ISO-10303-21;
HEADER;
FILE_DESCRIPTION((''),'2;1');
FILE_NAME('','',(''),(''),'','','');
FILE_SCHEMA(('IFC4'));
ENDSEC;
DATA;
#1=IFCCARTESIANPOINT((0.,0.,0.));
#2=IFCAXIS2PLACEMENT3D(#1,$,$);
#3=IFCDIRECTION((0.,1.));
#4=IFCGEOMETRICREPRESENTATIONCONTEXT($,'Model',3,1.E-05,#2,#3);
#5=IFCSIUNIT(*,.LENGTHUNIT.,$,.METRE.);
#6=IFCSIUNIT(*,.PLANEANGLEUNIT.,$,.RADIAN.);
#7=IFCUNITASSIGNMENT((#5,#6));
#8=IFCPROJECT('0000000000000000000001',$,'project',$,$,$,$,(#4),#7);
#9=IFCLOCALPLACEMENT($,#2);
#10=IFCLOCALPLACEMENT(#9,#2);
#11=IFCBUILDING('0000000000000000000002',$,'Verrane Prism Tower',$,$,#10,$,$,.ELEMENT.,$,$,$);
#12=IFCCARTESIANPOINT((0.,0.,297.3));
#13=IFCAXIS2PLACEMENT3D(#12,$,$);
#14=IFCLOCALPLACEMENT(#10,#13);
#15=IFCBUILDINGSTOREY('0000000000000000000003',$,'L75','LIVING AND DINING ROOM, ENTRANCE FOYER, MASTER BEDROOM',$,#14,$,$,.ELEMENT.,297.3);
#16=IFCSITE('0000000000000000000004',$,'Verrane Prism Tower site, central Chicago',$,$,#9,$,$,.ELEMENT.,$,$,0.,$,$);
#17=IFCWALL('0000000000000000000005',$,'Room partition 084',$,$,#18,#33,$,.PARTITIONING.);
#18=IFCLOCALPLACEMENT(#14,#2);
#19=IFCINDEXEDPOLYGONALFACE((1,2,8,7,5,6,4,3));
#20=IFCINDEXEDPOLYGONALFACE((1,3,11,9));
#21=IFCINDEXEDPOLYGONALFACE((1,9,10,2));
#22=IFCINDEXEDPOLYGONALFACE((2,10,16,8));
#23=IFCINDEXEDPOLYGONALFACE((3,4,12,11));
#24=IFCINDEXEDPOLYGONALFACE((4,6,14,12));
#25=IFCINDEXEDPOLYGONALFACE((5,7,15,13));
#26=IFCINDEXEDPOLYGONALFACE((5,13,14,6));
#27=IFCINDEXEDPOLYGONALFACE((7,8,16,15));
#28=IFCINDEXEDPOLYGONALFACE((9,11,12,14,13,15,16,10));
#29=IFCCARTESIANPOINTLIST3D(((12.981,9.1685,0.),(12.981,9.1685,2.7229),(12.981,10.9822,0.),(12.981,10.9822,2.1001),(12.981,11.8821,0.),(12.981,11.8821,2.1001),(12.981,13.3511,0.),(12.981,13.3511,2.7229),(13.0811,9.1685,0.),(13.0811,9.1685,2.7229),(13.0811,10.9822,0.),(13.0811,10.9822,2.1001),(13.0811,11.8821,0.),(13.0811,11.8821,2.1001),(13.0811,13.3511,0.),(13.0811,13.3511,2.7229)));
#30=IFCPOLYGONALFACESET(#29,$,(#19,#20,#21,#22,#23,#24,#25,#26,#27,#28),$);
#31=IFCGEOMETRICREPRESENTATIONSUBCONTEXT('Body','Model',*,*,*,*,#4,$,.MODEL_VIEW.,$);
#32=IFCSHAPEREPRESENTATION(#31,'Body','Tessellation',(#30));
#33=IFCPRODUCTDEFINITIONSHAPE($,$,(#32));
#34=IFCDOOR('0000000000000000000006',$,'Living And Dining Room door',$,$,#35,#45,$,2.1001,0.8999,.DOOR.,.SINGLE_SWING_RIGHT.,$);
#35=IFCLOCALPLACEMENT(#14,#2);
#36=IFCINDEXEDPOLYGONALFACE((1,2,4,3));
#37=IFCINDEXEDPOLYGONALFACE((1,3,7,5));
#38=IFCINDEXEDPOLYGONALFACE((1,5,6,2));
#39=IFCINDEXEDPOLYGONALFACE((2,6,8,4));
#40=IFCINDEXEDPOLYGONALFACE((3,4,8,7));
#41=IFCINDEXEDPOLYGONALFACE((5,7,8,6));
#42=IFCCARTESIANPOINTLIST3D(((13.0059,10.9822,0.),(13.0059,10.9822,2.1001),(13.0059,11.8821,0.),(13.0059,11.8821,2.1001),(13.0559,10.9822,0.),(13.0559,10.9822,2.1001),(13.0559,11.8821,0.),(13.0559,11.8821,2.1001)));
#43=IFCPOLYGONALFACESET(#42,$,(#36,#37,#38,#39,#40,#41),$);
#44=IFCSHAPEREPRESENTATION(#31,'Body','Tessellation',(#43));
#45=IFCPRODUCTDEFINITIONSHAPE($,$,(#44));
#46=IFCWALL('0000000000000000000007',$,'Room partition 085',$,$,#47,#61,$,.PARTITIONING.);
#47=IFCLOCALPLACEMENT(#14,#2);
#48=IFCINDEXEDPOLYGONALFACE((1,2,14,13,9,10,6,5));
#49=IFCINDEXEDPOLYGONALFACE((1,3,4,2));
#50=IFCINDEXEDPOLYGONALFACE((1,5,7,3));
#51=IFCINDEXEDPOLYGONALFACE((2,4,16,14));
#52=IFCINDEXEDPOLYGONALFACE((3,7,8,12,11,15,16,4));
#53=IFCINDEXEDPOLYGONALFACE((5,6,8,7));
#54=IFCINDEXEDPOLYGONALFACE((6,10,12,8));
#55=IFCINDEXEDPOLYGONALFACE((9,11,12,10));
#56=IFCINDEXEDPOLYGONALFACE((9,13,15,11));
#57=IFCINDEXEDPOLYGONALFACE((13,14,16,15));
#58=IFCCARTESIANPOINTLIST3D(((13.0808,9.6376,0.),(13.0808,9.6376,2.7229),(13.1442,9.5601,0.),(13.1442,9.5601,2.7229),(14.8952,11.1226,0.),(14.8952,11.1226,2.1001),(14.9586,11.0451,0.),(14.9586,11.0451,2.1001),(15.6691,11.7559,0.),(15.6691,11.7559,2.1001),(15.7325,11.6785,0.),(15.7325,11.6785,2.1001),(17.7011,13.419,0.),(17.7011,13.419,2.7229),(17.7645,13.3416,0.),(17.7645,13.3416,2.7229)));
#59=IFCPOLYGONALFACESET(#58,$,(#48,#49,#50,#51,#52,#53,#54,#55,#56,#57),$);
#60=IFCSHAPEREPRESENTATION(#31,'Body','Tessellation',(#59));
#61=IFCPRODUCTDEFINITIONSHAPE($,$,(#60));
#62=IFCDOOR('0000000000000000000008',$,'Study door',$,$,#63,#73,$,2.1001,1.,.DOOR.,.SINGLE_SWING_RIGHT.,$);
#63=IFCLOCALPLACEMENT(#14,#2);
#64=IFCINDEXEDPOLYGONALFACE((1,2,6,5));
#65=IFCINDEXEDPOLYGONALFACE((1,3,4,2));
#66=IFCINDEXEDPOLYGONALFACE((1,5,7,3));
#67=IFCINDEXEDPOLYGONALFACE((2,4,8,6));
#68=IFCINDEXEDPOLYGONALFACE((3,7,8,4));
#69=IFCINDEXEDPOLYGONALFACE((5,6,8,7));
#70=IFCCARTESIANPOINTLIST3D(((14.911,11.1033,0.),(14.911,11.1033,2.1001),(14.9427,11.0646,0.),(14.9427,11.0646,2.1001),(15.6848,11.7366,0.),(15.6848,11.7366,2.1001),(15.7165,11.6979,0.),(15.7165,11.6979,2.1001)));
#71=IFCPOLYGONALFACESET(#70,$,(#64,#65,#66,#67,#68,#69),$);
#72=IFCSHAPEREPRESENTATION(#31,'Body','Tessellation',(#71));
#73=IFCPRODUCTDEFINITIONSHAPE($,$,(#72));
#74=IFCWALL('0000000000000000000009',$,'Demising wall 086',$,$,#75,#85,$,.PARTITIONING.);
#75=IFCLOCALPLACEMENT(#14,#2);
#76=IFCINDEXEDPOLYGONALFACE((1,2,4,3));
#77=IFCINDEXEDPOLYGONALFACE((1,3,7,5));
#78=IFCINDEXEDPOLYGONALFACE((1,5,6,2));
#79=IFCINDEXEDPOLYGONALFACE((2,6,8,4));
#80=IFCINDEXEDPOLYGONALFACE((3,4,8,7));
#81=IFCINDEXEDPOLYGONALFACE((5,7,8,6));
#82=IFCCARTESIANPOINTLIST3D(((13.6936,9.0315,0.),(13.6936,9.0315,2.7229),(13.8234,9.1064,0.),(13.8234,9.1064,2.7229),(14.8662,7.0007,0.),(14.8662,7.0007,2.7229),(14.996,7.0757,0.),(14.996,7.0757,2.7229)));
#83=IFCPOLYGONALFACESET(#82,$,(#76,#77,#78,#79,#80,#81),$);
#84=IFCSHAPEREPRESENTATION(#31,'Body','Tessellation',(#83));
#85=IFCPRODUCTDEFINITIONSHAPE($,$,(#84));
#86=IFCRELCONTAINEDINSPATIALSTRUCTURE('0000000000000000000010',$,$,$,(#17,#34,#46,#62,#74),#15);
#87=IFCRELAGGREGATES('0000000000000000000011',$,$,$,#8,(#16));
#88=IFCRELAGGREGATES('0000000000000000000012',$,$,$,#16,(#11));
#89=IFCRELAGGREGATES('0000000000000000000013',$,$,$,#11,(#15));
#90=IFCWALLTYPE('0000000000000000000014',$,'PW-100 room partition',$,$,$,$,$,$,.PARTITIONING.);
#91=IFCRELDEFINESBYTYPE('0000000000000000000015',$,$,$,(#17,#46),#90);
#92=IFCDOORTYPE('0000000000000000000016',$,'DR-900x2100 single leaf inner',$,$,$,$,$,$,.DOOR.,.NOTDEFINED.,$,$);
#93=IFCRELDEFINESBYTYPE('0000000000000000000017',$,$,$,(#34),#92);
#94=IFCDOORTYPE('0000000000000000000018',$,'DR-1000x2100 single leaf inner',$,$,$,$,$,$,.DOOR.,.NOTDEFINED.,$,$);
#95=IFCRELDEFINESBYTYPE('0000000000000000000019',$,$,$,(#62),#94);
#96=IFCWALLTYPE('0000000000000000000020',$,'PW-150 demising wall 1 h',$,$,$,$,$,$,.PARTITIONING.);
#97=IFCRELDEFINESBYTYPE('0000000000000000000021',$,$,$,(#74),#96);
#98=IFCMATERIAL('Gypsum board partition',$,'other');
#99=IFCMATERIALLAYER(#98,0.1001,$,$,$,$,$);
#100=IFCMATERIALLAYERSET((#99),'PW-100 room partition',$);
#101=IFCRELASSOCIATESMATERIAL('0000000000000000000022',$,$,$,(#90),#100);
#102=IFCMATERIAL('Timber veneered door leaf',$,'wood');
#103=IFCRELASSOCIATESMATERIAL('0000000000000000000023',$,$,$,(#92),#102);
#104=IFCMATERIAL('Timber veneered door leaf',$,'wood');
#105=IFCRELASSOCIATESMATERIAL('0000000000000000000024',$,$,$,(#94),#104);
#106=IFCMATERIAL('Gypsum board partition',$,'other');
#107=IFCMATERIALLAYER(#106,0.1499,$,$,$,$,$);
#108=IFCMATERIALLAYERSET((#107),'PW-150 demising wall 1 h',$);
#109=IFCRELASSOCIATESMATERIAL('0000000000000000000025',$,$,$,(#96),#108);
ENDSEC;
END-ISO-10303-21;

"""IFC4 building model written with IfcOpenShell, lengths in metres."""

from ifc_helpers import new_model, si_unit, direction, frame, frame_2d, origin, place, context, subcontext, project, spatial, rectangle, extrude, material, layer, layer_set, type_object, element, fill, save


model = new_model("IFC4")

# Units and contexts
model_context = context("Model", 3, precision=1e-05, world=origin(), true_north=direction((0.0, 1.0)))
body_context = subcontext(model_context, "Body", "Model", "MODEL_VIEW")
ifc_project = project(units=[si_unit("LENGTHUNIT", "METRE"), si_unit("PLANEANGLEUNIT", "RADIAN")], contexts=[model_context])

# Site, building, storey
site_placement = place(None, origin())
site = spatial("IfcSite", under=ifc_project, at=site_placement, Name="Verrane Prism Tower site, central Chicago", CompositionType="ELEMENT", RefElevation=0.0)
building_placement = place(site_placement, origin())
building = spatial("IfcBuilding", under=site, at=building_placement, Name="Verrane Prism Tower", CompositionType="ELEMENT")
storey_placement = place(building_placement, frame((0.0, 0.0, 297.3)))
storey = spatial("IfcBuildingStorey", under=building, at=storey_placement, Name="L75", Description="LIVING AND DINING ROOM, ENTRANCE FOYER, MASTER BEDROOM", CompositionType="ELEMENT", Elevation=297.3)

# Walls, openings, doors
ifc_material_1 = material(Name="Gypsum board partition", Category="other")
ifc_layer_1 = layer(ifc_material_1, 0.1001)
ifc_layer_set_1 = layer_set([ifc_layer_1], Name="PW-100 room partition")
wall_type_1 = type_object("IfcWallType", Name="PW-100 room partition", PredefinedType="PARTITIONING", material=ifc_layer_set_1)
wall_1_placement = place(storey_placement, frame((13.031, 13.3511, 0.0), z_axis=(0.0, 0.0, 1.0), x_axis=(0.0, -1.0, 0.0)))
wall_1 = element("IfcWall", 1, at=wall_1_placement, inside=storey, type_object=wall_type_1, Name="Room partition 084", PredefinedType="PARTITIONING", context=body_context, shape_type="SweptSolid", body=[
    extrude(rectangle(XDim=4.1826, YDim=0.1001, at=frame_2d((2.0913, 0.0))), origin(), (0.0, 0.0, 1.0), 2.7229),
])
opening_1_placement = place(wall_1_placement, frame((1.469, 0.0, 0.0)))
opening_1 = element("IfcOpeningElement", 2, at=opening_1_placement, cuts=wall_1, PredefinedType="OPENING", context=body_context, shape_type="SweptSolid", body=[
    extrude(rectangle(XDim=0.8999, YDim=2.1001, at=frame_2d((0.45, 1.05))), frame((0.0, 0.0601, 0.0), z_axis=(0.0, -1.0, 0.0), x_axis=(1.0, 0.0, 0.0)), (0.0, 0.0, 1.0), 0.1201),
])
ifc_material_2 = material(Name="Timber veneered door leaf", Category="wood")
door_type_1 = type_object("IfcDoorType", Name="DR-900x2100 single leaf inner", OperationType="NOTDEFINED", PredefinedType="DOOR", material=ifc_material_2)
door_1_placement = place(opening_1_placement, origin())
door_1 = element("IfcDoor", 3, at=door_1_placement, inside=storey, type_object=door_type_1, Name="Living And Dining Room door", OperationType="SINGLE_SWING_RIGHT", OverallHeight=2.1001, OverallWidth=0.8999, PredefinedType="DOOR", context=body_context, shape_type="SweptSolid", body=[
    extrude(rectangle(XDim=0.8999, YDim=2.1001, at=frame_2d((0.45, 1.05))), frame((0.0, 0.0249, 0.0), z_axis=(0.0, -1.0, 0.0), x_axis=(1.0, 0.0, 0.0)), (0.0, 0.0, 1.0), 0.05),
])
fill(opening_1, door_1)
wall_2_placement = place(storey_placement, frame((17.7329, 13.3804, 0.0), z_axis=(0.0, 0.0, 1.0), x_axis=(-0.773859, -0.633358, 0.0)))
wall_2 = element("IfcWall", 4, at=wall_2_placement, inside=storey, type_object=wall_type_1, Name="Room partition 085", PredefinedType="PARTITIONING", context=body_context, shape_type="SweptSolid", body=[
    extrude(rectangle(XDim=5.9705, YDim=0.1001, at=frame_2d((2.9854, 0.0))), origin(), (0.0, 0.0, 1.0), 2.7229),
])
opening_2_placement = place(wall_2_placement, frame((2.626, 0.0, 0.0)))
opening_2 = element("IfcOpeningElement", 5, at=opening_2_placement, cuts=wall_2, PredefinedType="OPENING", context=body_context, shape_type="SweptSolid", body=[
    extrude(rectangle(XDim=1.0, YDim=2.1001, at=frame_2d((0.5, 1.05))), frame((0.0, 0.0601, 0.0), z_axis=(0.0, -1.0, 0.0), x_axis=(1.0, 0.0, 0.0)), (0.0, 0.0, 1.0), 0.1201),
])
ifc_material_3 = material(Name="Timber veneered door leaf", Category="wood")
door_type_2 = type_object("IfcDoorType", Name="DR-1000x2100 single leaf inner", OperationType="NOTDEFINED", PredefinedType="DOOR", material=ifc_material_3)
door_2_placement = place(opening_2_placement, origin())
door_2 = element("IfcDoor", 6, at=door_2_placement, inside=storey, type_object=door_type_2, Name="Study door", OperationType="SINGLE_SWING_RIGHT", OverallHeight=2.1001, OverallWidth=1.0, PredefinedType="DOOR", context=body_context, shape_type="SweptSolid", body=[
    extrude(rectangle(XDim=1.0, YDim=2.1001, at=frame_2d((0.5, 1.05))), frame((0.0, 0.0249, 0.0), z_axis=(0.0, -1.0, 0.0), x_axis=(1.0, 0.0, 0.0)), (0.0, 0.0, 1.0), 0.05),
])
fill(opening_2, door_2)

# Wall
ifc_material_4 = material(Name="Gypsum board partition", Category="other")
ifc_layer_2 = layer(ifc_material_4, 0.1499)
ifc_layer_set_2 = layer_set([ifc_layer_2], Name="PW-150 demising wall 1 h")
wall_type_2 = type_object("IfcWallType", Name="PW-150 demising wall 1 h", PredefinedType="PARTITIONING", material=ifc_layer_set_2)
wall_3_placement = place(storey_placement, frame((13.7585, 9.0688, 0.0), z_axis=(0.0, 0.0, 1.0), x_axis=(0.500047, -0.865998, 0.0)))
element("IfcWall", 7, at=wall_3_placement, inside=storey, type_object=wall_type_2, Name="Demising wall 086", PredefinedType="PARTITIONING", context=body_context, shape_type="SweptSolid", body=[
    extrude(rectangle(XDim=2.345, YDim=0.1499, at=frame_2d((1.1724, 0.0))), origin(), (0.0, 0.0, 1.0), 2.7229),
])

save(model, "model.ifc")
